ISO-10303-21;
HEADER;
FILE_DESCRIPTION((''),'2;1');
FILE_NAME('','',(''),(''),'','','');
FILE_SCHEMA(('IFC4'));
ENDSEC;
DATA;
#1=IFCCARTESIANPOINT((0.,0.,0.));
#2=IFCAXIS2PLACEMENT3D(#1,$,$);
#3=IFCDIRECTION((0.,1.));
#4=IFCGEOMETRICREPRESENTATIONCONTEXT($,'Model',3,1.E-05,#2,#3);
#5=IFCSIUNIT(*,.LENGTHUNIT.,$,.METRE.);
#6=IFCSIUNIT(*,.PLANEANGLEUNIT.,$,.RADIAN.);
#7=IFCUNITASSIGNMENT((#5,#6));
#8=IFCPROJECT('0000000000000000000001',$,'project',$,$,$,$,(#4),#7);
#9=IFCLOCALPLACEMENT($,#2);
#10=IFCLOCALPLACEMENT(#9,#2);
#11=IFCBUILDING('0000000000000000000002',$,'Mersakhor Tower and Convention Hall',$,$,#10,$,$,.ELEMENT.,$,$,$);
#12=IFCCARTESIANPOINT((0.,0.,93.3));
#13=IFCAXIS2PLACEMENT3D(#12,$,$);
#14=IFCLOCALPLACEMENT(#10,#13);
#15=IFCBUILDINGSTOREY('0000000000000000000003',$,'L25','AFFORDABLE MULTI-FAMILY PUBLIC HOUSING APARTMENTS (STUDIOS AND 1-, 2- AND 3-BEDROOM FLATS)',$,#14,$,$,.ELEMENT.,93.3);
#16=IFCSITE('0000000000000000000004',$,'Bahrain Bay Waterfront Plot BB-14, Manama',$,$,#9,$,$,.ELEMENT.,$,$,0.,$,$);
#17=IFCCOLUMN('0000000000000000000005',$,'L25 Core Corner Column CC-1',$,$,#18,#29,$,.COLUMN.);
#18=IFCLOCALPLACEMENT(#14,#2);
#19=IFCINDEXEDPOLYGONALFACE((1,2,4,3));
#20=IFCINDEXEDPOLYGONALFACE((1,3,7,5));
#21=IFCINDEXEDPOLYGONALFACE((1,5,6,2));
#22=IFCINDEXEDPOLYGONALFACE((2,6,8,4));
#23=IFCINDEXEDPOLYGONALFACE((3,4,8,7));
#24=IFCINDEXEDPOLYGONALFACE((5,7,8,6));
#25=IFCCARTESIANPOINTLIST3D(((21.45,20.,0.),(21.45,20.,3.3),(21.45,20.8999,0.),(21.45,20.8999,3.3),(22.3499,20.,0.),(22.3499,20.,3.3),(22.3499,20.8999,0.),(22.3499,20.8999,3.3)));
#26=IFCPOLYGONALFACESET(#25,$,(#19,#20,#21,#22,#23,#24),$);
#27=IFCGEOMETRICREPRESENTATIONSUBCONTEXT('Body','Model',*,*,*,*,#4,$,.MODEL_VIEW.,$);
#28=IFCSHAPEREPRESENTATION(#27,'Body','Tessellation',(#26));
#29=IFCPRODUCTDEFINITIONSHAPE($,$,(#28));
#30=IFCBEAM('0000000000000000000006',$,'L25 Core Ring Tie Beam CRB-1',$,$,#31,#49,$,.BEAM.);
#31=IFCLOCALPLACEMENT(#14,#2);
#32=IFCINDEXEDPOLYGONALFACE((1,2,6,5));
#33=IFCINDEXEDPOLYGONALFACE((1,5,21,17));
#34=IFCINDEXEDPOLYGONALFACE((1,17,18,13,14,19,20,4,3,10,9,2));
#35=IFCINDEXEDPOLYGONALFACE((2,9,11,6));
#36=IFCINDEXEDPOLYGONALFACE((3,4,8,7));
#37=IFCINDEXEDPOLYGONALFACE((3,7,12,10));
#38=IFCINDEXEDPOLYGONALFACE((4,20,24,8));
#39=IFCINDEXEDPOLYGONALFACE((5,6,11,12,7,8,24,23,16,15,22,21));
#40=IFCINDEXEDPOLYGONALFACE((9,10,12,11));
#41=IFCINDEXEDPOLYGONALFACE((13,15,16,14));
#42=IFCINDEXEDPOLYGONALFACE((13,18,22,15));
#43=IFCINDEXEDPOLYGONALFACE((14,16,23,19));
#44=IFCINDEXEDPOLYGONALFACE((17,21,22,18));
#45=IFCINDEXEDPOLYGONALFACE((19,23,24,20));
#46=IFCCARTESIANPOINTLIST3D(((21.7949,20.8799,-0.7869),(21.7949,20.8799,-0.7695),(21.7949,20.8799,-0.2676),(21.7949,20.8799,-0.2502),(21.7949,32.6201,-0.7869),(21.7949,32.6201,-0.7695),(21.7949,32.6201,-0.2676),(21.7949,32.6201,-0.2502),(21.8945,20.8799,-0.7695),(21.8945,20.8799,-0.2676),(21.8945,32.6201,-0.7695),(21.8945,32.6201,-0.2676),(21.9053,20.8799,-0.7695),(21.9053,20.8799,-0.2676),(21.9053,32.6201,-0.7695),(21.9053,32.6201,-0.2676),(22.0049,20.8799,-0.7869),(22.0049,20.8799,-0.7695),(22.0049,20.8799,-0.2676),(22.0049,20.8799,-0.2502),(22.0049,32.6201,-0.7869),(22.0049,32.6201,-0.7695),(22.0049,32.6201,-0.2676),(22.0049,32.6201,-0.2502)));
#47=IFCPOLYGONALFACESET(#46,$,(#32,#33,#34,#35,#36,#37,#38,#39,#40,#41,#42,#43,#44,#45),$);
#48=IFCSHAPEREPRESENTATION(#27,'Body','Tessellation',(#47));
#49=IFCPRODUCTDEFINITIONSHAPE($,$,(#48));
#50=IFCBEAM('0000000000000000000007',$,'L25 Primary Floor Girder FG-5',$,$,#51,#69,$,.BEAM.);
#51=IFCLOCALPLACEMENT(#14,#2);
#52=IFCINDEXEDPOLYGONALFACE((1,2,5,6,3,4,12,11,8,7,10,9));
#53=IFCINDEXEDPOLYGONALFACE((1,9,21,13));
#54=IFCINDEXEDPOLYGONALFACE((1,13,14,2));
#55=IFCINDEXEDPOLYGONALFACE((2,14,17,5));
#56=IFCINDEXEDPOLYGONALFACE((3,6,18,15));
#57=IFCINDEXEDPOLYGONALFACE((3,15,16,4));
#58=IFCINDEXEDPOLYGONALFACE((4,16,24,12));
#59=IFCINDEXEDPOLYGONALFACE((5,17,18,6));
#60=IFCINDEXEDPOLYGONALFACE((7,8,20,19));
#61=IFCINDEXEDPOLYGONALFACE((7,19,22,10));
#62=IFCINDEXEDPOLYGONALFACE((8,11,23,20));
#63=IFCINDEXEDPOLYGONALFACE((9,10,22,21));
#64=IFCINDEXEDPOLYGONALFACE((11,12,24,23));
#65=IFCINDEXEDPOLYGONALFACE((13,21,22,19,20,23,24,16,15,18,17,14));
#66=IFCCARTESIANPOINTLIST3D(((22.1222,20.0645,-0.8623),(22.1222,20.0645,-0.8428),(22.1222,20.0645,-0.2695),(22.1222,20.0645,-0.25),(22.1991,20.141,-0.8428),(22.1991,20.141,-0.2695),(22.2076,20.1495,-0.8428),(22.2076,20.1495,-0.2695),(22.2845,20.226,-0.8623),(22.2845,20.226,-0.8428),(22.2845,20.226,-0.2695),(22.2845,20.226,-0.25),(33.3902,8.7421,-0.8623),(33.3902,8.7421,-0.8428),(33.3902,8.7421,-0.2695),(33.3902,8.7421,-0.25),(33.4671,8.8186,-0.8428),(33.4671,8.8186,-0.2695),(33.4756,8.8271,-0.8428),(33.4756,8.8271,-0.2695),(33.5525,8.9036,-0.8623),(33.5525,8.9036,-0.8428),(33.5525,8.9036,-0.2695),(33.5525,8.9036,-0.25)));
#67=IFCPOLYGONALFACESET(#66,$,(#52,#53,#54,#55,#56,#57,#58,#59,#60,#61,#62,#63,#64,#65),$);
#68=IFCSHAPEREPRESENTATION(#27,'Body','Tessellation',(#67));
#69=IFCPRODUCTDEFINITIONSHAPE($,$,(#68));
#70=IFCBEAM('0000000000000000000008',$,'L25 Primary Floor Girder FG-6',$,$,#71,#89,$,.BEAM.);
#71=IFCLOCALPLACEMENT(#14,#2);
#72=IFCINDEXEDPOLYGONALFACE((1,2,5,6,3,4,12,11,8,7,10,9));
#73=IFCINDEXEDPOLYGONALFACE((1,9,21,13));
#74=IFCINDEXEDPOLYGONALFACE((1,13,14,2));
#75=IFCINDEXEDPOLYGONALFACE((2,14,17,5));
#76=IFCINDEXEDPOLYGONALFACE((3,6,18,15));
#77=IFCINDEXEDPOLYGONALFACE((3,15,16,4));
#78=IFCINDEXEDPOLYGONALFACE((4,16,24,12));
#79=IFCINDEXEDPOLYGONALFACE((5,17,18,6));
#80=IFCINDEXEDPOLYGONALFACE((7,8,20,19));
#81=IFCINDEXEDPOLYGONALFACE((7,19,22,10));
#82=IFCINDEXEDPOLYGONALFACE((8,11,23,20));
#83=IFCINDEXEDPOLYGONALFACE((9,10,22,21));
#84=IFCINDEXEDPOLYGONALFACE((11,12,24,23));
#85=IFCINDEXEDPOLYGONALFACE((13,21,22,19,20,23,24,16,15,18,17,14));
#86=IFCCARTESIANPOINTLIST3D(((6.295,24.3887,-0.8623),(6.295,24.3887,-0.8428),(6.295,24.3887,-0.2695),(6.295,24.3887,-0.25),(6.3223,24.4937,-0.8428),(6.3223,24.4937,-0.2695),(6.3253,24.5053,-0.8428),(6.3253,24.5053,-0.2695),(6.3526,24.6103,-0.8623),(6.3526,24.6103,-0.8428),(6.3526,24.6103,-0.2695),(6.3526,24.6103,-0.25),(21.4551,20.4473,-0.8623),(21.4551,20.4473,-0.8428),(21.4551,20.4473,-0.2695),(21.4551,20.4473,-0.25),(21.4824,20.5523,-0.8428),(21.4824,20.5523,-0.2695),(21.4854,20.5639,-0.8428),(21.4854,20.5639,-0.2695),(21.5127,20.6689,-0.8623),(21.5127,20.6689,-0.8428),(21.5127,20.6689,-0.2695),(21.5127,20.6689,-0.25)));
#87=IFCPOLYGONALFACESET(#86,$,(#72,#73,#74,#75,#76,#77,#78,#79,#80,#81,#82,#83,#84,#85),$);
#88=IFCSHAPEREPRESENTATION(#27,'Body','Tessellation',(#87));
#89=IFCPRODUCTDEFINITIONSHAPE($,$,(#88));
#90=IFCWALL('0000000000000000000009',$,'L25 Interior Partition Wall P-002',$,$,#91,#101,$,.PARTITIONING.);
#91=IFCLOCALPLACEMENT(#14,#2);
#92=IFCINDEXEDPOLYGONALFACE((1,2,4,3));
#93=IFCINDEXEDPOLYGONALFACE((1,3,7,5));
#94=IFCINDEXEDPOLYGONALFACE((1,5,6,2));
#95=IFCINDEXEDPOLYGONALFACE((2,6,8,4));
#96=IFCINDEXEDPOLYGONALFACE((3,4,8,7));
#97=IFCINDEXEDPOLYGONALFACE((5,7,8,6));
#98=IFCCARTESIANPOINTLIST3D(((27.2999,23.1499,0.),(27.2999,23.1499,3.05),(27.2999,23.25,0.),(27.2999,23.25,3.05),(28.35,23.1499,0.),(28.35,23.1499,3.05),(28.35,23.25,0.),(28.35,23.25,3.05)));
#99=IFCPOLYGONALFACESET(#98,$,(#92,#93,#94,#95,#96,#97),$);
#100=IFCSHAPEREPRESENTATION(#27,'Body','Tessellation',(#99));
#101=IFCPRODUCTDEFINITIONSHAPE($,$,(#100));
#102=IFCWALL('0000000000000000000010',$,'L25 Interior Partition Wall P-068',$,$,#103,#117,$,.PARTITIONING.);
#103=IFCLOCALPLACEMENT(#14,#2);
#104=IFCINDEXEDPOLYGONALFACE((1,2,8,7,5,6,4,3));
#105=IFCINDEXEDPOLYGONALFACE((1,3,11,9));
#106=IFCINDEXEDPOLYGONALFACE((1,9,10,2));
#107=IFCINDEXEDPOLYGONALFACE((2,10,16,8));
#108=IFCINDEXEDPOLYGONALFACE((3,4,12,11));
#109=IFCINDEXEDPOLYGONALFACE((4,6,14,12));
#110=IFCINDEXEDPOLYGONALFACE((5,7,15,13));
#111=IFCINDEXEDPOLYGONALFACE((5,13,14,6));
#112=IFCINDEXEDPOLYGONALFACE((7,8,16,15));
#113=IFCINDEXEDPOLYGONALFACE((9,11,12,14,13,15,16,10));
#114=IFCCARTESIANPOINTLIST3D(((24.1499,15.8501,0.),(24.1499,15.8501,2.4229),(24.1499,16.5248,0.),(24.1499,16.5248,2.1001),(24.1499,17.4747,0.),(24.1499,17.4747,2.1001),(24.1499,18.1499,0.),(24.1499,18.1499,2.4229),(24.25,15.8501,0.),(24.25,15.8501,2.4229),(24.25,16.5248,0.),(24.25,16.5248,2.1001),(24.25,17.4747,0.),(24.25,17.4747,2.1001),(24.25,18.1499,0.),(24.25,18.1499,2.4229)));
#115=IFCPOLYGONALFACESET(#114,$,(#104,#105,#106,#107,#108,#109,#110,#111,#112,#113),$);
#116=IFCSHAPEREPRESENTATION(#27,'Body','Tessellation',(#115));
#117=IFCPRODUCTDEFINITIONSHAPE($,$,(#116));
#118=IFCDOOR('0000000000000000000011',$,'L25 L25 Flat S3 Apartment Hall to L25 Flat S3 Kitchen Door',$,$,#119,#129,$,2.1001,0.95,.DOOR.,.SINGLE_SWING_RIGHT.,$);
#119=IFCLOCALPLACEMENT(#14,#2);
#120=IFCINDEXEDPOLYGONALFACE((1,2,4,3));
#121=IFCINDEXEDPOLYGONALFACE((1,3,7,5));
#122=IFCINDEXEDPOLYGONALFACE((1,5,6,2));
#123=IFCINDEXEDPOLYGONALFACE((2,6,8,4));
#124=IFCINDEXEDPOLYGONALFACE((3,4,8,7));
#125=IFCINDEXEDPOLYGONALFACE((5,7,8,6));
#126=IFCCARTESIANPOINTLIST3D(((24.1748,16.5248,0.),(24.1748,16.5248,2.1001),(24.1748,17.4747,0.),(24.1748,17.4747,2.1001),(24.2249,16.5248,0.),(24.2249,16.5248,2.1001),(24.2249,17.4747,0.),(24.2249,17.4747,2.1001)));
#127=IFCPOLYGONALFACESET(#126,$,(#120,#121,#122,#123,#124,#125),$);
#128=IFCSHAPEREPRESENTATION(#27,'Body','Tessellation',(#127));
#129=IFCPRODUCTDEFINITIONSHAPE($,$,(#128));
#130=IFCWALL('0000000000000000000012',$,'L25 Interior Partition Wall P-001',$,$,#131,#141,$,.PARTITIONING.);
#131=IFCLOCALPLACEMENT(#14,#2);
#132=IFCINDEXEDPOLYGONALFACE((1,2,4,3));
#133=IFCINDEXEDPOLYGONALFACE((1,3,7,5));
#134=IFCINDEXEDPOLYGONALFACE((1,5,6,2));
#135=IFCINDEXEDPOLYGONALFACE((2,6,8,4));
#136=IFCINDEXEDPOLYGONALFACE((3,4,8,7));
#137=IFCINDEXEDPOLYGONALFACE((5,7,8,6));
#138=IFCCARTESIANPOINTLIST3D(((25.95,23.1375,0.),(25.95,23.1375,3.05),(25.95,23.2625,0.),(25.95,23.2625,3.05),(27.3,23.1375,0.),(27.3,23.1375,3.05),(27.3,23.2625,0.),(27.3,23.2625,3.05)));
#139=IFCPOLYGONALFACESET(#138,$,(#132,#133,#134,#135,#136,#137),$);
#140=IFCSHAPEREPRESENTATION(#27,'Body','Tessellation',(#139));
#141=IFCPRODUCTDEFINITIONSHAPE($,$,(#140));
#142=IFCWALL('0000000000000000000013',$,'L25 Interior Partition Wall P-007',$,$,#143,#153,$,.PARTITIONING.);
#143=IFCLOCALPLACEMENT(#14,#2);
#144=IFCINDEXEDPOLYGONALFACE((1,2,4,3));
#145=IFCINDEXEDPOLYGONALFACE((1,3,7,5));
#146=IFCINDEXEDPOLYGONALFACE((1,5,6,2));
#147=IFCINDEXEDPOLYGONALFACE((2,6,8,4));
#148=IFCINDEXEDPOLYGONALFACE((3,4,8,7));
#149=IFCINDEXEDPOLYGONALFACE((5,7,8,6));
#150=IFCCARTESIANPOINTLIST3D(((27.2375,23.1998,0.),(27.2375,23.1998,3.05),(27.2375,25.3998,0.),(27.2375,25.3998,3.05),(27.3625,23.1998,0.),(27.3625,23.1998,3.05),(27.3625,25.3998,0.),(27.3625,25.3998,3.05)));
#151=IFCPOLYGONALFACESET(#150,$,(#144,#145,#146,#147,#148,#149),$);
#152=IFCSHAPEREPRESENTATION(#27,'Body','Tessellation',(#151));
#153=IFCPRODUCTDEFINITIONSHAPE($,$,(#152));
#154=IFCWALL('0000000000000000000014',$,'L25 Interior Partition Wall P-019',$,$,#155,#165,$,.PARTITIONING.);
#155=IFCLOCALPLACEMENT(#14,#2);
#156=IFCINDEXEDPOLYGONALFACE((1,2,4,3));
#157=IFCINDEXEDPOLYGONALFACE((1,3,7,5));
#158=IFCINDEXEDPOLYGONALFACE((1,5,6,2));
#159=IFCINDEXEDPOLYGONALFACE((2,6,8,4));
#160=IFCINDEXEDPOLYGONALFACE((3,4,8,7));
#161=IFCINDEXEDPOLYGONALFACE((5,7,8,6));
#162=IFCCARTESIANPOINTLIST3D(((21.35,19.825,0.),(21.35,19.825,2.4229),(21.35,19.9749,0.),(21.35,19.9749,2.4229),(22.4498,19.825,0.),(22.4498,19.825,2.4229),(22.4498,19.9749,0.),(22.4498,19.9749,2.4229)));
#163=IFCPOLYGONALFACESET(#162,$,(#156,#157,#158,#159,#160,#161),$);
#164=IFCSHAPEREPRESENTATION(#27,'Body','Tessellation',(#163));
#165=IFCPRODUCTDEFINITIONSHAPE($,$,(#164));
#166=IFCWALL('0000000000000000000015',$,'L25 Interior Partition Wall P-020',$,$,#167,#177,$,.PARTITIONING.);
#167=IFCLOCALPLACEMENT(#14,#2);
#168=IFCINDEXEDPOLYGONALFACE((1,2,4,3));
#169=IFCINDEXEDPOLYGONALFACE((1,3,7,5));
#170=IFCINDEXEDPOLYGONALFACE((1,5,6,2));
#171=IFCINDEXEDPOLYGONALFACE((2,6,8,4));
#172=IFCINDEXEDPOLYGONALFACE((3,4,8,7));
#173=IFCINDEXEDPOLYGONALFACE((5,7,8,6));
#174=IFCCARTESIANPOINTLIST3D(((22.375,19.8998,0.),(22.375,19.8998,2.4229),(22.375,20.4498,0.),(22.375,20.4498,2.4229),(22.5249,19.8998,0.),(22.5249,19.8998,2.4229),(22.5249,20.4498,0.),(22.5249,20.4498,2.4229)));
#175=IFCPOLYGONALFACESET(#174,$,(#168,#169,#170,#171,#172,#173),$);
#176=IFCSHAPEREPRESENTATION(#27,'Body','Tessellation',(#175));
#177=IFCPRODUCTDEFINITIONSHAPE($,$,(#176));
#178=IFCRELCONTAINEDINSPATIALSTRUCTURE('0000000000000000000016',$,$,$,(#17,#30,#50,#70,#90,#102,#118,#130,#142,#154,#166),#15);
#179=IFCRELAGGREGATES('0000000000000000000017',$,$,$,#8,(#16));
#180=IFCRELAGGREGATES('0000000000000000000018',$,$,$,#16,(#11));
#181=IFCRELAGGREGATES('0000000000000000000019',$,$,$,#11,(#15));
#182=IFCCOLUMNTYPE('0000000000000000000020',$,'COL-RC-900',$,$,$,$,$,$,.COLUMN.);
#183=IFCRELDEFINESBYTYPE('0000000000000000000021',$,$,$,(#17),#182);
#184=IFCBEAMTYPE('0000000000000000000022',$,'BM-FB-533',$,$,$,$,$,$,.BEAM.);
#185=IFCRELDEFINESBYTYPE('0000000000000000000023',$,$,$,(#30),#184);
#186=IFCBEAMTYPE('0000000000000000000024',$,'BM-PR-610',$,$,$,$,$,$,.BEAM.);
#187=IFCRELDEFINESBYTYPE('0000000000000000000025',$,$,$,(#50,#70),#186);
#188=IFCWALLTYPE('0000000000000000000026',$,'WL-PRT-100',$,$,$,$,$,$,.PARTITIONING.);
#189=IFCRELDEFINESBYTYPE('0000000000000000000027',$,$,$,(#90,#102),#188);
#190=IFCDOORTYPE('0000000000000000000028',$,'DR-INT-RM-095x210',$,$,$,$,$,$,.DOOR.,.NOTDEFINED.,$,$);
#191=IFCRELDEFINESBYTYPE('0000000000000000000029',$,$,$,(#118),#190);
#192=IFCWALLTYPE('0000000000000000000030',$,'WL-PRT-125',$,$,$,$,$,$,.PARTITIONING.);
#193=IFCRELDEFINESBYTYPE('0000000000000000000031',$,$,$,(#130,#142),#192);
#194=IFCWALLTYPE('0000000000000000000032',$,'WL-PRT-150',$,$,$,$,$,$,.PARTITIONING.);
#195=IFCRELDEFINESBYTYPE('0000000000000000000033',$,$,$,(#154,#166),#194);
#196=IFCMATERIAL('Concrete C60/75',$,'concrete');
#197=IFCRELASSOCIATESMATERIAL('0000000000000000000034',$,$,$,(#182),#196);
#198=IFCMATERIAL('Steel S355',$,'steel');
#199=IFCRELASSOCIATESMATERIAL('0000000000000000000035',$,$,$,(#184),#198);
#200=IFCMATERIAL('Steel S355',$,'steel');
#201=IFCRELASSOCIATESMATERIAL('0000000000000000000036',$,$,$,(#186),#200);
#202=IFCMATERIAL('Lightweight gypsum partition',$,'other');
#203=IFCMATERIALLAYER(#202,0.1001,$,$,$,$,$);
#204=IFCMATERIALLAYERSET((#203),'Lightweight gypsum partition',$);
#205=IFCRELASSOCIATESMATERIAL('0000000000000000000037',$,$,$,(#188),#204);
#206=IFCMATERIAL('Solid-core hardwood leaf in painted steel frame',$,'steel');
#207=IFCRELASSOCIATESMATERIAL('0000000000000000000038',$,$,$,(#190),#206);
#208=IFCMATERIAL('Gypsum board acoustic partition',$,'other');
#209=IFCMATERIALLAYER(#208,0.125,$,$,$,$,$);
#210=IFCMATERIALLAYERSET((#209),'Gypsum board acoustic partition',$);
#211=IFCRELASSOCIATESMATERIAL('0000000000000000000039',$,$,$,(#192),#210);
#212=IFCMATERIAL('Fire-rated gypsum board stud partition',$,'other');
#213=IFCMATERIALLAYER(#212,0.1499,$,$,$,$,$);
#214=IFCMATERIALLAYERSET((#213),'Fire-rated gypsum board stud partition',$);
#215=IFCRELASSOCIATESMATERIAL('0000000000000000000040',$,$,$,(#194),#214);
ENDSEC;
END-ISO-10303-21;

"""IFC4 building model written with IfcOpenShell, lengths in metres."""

from ifc_helpers import new_model, si_unit, direction, frame, frame_2d, origin, origin_2d, place, context, subcontext, project, spatial, rectangle, i_section, extrude, material, layer, layer_set, material_profile, profile_set, type_object, element, fill, save


model = new_model("IFC4")

# Units and contexts
model_context = context("Model", 3, precision=1e-05, world=origin(), true_north=direction((0.0, 1.0)))
body_context = subcontext(model_context, "Body", "Model", "MODEL_VIEW")
ifc_project = project(units=[si_unit("LENGTHUNIT", "METRE"), si_unit("PLANEANGLEUNIT", "RADIAN")], contexts=[model_context])

# Site, building, storey
site_placement = place(None, origin())
site = spatial("IfcSite", under=ifc_project, at=site_placement, Name="Bahrain Bay Waterfront Plot BB-14, Manama", CompositionType="ELEMENT", RefElevation=0.0)
building_placement = place(site_placement, origin())
building = spatial("IfcBuilding", under=site, at=building_placement, Name="Mersakhor Tower and Convention Hall", CompositionType="ELEMENT")
storey_placement = place(building_placement, frame((0.0, 0.0, 93.3)))
storey = spatial("IfcBuildingStorey", under=building, at=storey_placement, Name="L25", Description="AFFORDABLE MULTI-FAMILY PUBLIC HOUSING APARTMENTS (STUDIOS AND 1-, 2- AND 3-BEDROOM FLATS)", CompositionType="ELEMENT", Elevation=93.3)

# Column
ifc_material_1 = material(Name="Concrete C60/75", Category="concrete")
ifc_material_profile_1 = material_profile(ifc_material_1, rectangle(XDim=0.8999, YDim=0.8999, at=origin_2d()), Name="RC 900x900")
ifc_profile_set_1 = profile_set([ifc_material_profile_1], Name="Concrete C60/75")
column_type = type_object("IfcColumnType", Name="COL-RC-900", PredefinedType="COLUMN", material=ifc_profile_set_1)
column_placement = place(storey_placement, frame((21.8999, 20.45, 0.0), z_axis=(0.0, 0.0, 1.0), x_axis=(1.0, 0.0, 0.0)))
element("IfcColumn", 1, at=column_placement, inside=storey, type_object=column_type, Name="L25 Core Corner Column CC-1", PredefinedType="COLUMN", context=body_context, shape_type="SweptSolid", body=[
    extrude(rectangle(XDim=0.8999, YDim=0.8999, at=origin_2d()), origin(), (0.0, 0.0, 1.0), 3.3),
])

# Beams
ifc_material_2 = material(Name="Steel S355", Category="steel")
ifc_material_profile_2 = material_profile(ifc_material_2, i_section(OverallWidth=0.21, OverallDepth=0.5366, WebThickness=0.0107, FlangeThickness=0.0173, at=origin_2d()), Name="UB 533x210x101")
ifc_profile_set_2 = profile_set([ifc_material_profile_2], Name="Steel S355")
beam_type_1 = type_object("IfcBeamType", Name="BM-FB-533", PredefinedType="BEAM", material=ifc_profile_set_2)
beam_1_placement = place(storey_placement, frame((21.8999, 20.8799, -0.5186), z_axis=(0.0, 1.0, 0.0), x_axis=(-1.0, 0.0, 0.0)))
element("IfcBeam", 2, at=beam_1_placement, inside=storey, type_object=beam_type_1, Name="L25 Core Ring Tie Beam CRB-1", PredefinedType="BEAM", context=body_context, shape_type="SweptSolid", body=[
    extrude(i_section(OverallWidth=0.21, OverallDepth=0.5366, WebThickness=0.0107, FlangeThickness=0.0173, at=origin_2d()), origin(), (0.0, 0.0, 1.0), 11.7402),
])
ifc_material_3 = material(Name="Steel S355", Category="steel")
ifc_material_profile_3 = material_profile(ifc_material_3, i_section(OverallWidth=0.229, OverallDepth=0.6123, WebThickness=0.012, FlangeThickness=0.0195, at=origin_2d()), Name="UB 610x229x125")
ifc_profile_set_3 = profile_set([ifc_material_profile_3], Name="Steel S355")
beam_type_2 = type_object("IfcBeamType", Name="BM-PR-610", PredefinedType="BEAM", material=ifc_profile_set_3)
beam_2_placement = place(storey_placement, frame((22.2034, 20.1453, -0.5562), z_axis=(0.705401, -0.708809, 0.0), x_axis=(0.708809, 0.705401, 0.0)))
element("IfcBeam", 3, at=beam_2_placement, inside=storey, type_object=beam_type_2, Name="L25 Primary Floor Girder FG-5", PredefinedType="BEAM", context=body_context, shape_type="SweptSolid", body=[
    extrude(i_section(OverallWidth=0.229, OverallDepth=0.6123, WebThickness=0.012, FlangeThickness=0.0195, at=origin_2d()), origin(), (0.0, 0.0, 1.0), 15.9739),
])
beam_3_placement = place(storey_placement, frame((21.4839, 20.5581, -0.5562), z_axis=(-0.967826, 0.25162, 0.0), x_axis=(-0.25162, -0.967826, 0.0)))
element("IfcBeam", 4, at=beam_3_placement, inside=storey, type_object=beam_type_2, Name="L25 Primary Floor Girder FG-6", PredefinedType="BEAM", context=body_context, shape_type="SweptSolid", body=[
    extrude(i_section(OverallWidth=0.229, OverallDepth=0.6123, WebThickness=0.012, FlangeThickness=0.0195, at=origin_2d()), origin(), (0.0, 0.0, 1.0), 15.6641),
])

# Wall
ifc_material_4 = material(Name="Lightweight gypsum partition", Category="other")
ifc_layer_1 = layer(ifc_material_4, 0.1001)
ifc_layer_set_1 = layer_set([ifc_layer_1], Name="Lightweight gypsum partition")
wall_type_1 = type_object("IfcWallType", Name="WL-PRT-100", PredefinedType="PARTITIONING", material=ifc_layer_set_1)
wall_1_placement = place(storey_placement, frame((27.3, 23.2, 0.0), z_axis=(0.0, 0.0, 1.0), x_axis=(1.0, 0.0, 0.0)))
element("IfcWall", 5, at=wall_1_placement, inside=storey, type_object=wall_type_1, Name="L25 Interior Partition Wall P-002", PredefinedType="PARTITIONING", context=body_context, shape_type="SweptSolid", body=[
    extrude(rectangle(XDim=1.05, YDim=0.1001, at=frame_2d((0.5249, 0.0))), origin(), (0.0, 0.0, 1.0), 3.05),
])

# Wall, opening, door
wall_2_placement = place(storey_placement, frame((24.2, 18.1499, 0.0), z_axis=(0.0, 0.0, 1.0), x_axis=(0.0, -1.0, 0.0)))
wall_2 = element("IfcWall", 6, at=wall_2_placement, inside=storey, type_object=wall_type_1, Name="L25 Interior Partition Wall P-068", PredefinedType="PARTITIONING", context=body_context, shape_type="SweptSolid", body=[
    extrude(rectangle(XDim=2.2998, YDim=0.1001, at=frame_2d((1.1499, 0.0))), origin(), (0.0, 0.0, 1.0), 2.4229),
])
opening_1_placement = place(wall_2_placement, frame((0.675, 0.0, 0.0)))
opening_1 = element("IfcOpeningElement", 7, at=opening_1_placement, cuts=wall_2, PredefinedType="OPENING", context=body_context, shape_type="SweptSolid", body=[
    extrude(rectangle(XDim=0.95, YDim=2.1001, at=frame_2d((0.4751, 1.05))), frame((0.0, 0.0601, 0.0), z_axis=(0.0, -1.0, 0.0), x_axis=(1.0, 0.0, 0.0)), (0.0, 0.0, 1.0), 0.1201),
])
ifc_material_5 = material(Name="Solid-core hardwood leaf in painted steel frame", Category="steel")
door_type_1 = type_object("IfcDoorType", Name="DR-INT-RM-095x210", OperationType="NOTDEFINED", PredefinedType="DOOR", material=ifc_material_5)
door_1_placement = place(opening_1_placement, origin())
door_1 = element("IfcDoor", 8, at=door_1_placement, inside=storey, type_object=door_type_1, Name="L25 L25 Flat S3 Apartment Hall to L25 Flat S3 Kitchen Door", OperationType="SINGLE_SWING_RIGHT", OverallHeight=2.1001, OverallWidth=0.95, PredefinedType="DOOR", context=body_context, shape_type="SweptSolid", body=[
    extrude(rectangle(XDim=0.95, YDim=2.1001, at=frame_2d((0.4751, 1.05))), frame((0.0, 0.0249, 0.0), z_axis=(0.0, -1.0, 0.0), x_axis=(1.0, 0.0, 0.0)), (0.0, 0.0, 1.0), 0.05),
])
fill(opening_1, door_1)

# Walls
ifc_material_6 = material(Name="Gypsum board acoustic partition", Category="other")
ifc_layer_2 = layer(ifc_material_6, 0.125)
ifc_layer_set_2 = layer_set([ifc_layer_2], Name="Gypsum board acoustic partition")
wall_type_2 = type_object("IfcWallType", Name="WL-PRT-125", PredefinedType="PARTITIONING", material=ifc_layer_set_2)
wall_3_placement = place(storey_placement, frame((25.95, 23.2, 0.0), z_axis=(0.0, 0.0, 1.0), x_axis=(1.0, 0.0, 0.0)))
element("IfcWall", 9, at=wall_3_placement, inside=storey, type_object=wall_type_2, Name="L25 Interior Partition Wall P-001", PredefinedType="PARTITIONING", context=body_context, shape_type="SweptSolid", body=[
    extrude(rectangle(XDim=1.3501, YDim=0.125, at=frame_2d((0.675, 0.0))), origin(), (0.0, 0.0, 1.0), 3.05),
])
wall_4_placement = place(storey_placement, frame((27.3, 25.3999, 0.0), z_axis=(0.0, 0.0, 1.0), x_axis=(0.0, -1.0, 0.0)))
element("IfcWall", 10, at=wall_4_placement, inside=storey, type_object=wall_type_2, Name="L25 Interior Partition Wall P-007", PredefinedType="PARTITIONING", context=body_context, shape_type="SweptSolid", body=[
    extrude(rectangle(XDim=2.2, YDim=0.125, at=frame_2d((1.1001, 0.0))), origin(), (0.0, 0.0, 1.0), 3.05),
])
ifc_material_7 = material(Name="Fire-rated gypsum board stud partition", Category="other")
ifc_layer_3 = layer(ifc_material_7, 0.1499)
ifc_layer_set_3 = layer_set([ifc_layer_3], Name="Fire-rated gypsum board stud partition")
wall_type_3 = type_object("IfcWallType", Name="WL-PRT-150", PredefinedType="PARTITIONING", material=ifc_layer_set_3)
wall_5_placement = place(storey_placement, frame((21.3501, 19.8999, 0.0), z_axis=(0.0, 0.0, 1.0), x_axis=(1.0, 0.0, 0.0)))
element("IfcWall", 11, at=wall_5_placement, inside=storey, type_object=wall_type_3, Name="L25 Interior Partition Wall P-019", PredefinedType="PARTITIONING", context=body_context, shape_type="SweptSolid", body=[
    extrude(rectangle(XDim=1.0999, YDim=0.1499, at=frame_2d((0.5498, 0.0))), origin(), (0.0, 0.0, 1.0), 2.4229),
])
wall_6_placement = place(storey_placement, frame((22.45, 19.8999, 0.0), z_axis=(0.0, 0.0, 1.0), x_axis=(0.0, 1.0, 0.0)))
element("IfcWall", 12, at=wall_6_placement, inside=storey, type_object=wall_type_3, Name="L25 Interior Partition Wall P-020", PredefinedType="PARTITIONING", context=body_context, shape_type="SweptSolid", body=[
    extrude(rectangle(XDim=0.55, YDim=0.1499, at=frame_2d((0.2749, 0.0))), origin(), (0.0, 0.0, 1.0), 2.4229),
])

save(model, "model.ifc")
